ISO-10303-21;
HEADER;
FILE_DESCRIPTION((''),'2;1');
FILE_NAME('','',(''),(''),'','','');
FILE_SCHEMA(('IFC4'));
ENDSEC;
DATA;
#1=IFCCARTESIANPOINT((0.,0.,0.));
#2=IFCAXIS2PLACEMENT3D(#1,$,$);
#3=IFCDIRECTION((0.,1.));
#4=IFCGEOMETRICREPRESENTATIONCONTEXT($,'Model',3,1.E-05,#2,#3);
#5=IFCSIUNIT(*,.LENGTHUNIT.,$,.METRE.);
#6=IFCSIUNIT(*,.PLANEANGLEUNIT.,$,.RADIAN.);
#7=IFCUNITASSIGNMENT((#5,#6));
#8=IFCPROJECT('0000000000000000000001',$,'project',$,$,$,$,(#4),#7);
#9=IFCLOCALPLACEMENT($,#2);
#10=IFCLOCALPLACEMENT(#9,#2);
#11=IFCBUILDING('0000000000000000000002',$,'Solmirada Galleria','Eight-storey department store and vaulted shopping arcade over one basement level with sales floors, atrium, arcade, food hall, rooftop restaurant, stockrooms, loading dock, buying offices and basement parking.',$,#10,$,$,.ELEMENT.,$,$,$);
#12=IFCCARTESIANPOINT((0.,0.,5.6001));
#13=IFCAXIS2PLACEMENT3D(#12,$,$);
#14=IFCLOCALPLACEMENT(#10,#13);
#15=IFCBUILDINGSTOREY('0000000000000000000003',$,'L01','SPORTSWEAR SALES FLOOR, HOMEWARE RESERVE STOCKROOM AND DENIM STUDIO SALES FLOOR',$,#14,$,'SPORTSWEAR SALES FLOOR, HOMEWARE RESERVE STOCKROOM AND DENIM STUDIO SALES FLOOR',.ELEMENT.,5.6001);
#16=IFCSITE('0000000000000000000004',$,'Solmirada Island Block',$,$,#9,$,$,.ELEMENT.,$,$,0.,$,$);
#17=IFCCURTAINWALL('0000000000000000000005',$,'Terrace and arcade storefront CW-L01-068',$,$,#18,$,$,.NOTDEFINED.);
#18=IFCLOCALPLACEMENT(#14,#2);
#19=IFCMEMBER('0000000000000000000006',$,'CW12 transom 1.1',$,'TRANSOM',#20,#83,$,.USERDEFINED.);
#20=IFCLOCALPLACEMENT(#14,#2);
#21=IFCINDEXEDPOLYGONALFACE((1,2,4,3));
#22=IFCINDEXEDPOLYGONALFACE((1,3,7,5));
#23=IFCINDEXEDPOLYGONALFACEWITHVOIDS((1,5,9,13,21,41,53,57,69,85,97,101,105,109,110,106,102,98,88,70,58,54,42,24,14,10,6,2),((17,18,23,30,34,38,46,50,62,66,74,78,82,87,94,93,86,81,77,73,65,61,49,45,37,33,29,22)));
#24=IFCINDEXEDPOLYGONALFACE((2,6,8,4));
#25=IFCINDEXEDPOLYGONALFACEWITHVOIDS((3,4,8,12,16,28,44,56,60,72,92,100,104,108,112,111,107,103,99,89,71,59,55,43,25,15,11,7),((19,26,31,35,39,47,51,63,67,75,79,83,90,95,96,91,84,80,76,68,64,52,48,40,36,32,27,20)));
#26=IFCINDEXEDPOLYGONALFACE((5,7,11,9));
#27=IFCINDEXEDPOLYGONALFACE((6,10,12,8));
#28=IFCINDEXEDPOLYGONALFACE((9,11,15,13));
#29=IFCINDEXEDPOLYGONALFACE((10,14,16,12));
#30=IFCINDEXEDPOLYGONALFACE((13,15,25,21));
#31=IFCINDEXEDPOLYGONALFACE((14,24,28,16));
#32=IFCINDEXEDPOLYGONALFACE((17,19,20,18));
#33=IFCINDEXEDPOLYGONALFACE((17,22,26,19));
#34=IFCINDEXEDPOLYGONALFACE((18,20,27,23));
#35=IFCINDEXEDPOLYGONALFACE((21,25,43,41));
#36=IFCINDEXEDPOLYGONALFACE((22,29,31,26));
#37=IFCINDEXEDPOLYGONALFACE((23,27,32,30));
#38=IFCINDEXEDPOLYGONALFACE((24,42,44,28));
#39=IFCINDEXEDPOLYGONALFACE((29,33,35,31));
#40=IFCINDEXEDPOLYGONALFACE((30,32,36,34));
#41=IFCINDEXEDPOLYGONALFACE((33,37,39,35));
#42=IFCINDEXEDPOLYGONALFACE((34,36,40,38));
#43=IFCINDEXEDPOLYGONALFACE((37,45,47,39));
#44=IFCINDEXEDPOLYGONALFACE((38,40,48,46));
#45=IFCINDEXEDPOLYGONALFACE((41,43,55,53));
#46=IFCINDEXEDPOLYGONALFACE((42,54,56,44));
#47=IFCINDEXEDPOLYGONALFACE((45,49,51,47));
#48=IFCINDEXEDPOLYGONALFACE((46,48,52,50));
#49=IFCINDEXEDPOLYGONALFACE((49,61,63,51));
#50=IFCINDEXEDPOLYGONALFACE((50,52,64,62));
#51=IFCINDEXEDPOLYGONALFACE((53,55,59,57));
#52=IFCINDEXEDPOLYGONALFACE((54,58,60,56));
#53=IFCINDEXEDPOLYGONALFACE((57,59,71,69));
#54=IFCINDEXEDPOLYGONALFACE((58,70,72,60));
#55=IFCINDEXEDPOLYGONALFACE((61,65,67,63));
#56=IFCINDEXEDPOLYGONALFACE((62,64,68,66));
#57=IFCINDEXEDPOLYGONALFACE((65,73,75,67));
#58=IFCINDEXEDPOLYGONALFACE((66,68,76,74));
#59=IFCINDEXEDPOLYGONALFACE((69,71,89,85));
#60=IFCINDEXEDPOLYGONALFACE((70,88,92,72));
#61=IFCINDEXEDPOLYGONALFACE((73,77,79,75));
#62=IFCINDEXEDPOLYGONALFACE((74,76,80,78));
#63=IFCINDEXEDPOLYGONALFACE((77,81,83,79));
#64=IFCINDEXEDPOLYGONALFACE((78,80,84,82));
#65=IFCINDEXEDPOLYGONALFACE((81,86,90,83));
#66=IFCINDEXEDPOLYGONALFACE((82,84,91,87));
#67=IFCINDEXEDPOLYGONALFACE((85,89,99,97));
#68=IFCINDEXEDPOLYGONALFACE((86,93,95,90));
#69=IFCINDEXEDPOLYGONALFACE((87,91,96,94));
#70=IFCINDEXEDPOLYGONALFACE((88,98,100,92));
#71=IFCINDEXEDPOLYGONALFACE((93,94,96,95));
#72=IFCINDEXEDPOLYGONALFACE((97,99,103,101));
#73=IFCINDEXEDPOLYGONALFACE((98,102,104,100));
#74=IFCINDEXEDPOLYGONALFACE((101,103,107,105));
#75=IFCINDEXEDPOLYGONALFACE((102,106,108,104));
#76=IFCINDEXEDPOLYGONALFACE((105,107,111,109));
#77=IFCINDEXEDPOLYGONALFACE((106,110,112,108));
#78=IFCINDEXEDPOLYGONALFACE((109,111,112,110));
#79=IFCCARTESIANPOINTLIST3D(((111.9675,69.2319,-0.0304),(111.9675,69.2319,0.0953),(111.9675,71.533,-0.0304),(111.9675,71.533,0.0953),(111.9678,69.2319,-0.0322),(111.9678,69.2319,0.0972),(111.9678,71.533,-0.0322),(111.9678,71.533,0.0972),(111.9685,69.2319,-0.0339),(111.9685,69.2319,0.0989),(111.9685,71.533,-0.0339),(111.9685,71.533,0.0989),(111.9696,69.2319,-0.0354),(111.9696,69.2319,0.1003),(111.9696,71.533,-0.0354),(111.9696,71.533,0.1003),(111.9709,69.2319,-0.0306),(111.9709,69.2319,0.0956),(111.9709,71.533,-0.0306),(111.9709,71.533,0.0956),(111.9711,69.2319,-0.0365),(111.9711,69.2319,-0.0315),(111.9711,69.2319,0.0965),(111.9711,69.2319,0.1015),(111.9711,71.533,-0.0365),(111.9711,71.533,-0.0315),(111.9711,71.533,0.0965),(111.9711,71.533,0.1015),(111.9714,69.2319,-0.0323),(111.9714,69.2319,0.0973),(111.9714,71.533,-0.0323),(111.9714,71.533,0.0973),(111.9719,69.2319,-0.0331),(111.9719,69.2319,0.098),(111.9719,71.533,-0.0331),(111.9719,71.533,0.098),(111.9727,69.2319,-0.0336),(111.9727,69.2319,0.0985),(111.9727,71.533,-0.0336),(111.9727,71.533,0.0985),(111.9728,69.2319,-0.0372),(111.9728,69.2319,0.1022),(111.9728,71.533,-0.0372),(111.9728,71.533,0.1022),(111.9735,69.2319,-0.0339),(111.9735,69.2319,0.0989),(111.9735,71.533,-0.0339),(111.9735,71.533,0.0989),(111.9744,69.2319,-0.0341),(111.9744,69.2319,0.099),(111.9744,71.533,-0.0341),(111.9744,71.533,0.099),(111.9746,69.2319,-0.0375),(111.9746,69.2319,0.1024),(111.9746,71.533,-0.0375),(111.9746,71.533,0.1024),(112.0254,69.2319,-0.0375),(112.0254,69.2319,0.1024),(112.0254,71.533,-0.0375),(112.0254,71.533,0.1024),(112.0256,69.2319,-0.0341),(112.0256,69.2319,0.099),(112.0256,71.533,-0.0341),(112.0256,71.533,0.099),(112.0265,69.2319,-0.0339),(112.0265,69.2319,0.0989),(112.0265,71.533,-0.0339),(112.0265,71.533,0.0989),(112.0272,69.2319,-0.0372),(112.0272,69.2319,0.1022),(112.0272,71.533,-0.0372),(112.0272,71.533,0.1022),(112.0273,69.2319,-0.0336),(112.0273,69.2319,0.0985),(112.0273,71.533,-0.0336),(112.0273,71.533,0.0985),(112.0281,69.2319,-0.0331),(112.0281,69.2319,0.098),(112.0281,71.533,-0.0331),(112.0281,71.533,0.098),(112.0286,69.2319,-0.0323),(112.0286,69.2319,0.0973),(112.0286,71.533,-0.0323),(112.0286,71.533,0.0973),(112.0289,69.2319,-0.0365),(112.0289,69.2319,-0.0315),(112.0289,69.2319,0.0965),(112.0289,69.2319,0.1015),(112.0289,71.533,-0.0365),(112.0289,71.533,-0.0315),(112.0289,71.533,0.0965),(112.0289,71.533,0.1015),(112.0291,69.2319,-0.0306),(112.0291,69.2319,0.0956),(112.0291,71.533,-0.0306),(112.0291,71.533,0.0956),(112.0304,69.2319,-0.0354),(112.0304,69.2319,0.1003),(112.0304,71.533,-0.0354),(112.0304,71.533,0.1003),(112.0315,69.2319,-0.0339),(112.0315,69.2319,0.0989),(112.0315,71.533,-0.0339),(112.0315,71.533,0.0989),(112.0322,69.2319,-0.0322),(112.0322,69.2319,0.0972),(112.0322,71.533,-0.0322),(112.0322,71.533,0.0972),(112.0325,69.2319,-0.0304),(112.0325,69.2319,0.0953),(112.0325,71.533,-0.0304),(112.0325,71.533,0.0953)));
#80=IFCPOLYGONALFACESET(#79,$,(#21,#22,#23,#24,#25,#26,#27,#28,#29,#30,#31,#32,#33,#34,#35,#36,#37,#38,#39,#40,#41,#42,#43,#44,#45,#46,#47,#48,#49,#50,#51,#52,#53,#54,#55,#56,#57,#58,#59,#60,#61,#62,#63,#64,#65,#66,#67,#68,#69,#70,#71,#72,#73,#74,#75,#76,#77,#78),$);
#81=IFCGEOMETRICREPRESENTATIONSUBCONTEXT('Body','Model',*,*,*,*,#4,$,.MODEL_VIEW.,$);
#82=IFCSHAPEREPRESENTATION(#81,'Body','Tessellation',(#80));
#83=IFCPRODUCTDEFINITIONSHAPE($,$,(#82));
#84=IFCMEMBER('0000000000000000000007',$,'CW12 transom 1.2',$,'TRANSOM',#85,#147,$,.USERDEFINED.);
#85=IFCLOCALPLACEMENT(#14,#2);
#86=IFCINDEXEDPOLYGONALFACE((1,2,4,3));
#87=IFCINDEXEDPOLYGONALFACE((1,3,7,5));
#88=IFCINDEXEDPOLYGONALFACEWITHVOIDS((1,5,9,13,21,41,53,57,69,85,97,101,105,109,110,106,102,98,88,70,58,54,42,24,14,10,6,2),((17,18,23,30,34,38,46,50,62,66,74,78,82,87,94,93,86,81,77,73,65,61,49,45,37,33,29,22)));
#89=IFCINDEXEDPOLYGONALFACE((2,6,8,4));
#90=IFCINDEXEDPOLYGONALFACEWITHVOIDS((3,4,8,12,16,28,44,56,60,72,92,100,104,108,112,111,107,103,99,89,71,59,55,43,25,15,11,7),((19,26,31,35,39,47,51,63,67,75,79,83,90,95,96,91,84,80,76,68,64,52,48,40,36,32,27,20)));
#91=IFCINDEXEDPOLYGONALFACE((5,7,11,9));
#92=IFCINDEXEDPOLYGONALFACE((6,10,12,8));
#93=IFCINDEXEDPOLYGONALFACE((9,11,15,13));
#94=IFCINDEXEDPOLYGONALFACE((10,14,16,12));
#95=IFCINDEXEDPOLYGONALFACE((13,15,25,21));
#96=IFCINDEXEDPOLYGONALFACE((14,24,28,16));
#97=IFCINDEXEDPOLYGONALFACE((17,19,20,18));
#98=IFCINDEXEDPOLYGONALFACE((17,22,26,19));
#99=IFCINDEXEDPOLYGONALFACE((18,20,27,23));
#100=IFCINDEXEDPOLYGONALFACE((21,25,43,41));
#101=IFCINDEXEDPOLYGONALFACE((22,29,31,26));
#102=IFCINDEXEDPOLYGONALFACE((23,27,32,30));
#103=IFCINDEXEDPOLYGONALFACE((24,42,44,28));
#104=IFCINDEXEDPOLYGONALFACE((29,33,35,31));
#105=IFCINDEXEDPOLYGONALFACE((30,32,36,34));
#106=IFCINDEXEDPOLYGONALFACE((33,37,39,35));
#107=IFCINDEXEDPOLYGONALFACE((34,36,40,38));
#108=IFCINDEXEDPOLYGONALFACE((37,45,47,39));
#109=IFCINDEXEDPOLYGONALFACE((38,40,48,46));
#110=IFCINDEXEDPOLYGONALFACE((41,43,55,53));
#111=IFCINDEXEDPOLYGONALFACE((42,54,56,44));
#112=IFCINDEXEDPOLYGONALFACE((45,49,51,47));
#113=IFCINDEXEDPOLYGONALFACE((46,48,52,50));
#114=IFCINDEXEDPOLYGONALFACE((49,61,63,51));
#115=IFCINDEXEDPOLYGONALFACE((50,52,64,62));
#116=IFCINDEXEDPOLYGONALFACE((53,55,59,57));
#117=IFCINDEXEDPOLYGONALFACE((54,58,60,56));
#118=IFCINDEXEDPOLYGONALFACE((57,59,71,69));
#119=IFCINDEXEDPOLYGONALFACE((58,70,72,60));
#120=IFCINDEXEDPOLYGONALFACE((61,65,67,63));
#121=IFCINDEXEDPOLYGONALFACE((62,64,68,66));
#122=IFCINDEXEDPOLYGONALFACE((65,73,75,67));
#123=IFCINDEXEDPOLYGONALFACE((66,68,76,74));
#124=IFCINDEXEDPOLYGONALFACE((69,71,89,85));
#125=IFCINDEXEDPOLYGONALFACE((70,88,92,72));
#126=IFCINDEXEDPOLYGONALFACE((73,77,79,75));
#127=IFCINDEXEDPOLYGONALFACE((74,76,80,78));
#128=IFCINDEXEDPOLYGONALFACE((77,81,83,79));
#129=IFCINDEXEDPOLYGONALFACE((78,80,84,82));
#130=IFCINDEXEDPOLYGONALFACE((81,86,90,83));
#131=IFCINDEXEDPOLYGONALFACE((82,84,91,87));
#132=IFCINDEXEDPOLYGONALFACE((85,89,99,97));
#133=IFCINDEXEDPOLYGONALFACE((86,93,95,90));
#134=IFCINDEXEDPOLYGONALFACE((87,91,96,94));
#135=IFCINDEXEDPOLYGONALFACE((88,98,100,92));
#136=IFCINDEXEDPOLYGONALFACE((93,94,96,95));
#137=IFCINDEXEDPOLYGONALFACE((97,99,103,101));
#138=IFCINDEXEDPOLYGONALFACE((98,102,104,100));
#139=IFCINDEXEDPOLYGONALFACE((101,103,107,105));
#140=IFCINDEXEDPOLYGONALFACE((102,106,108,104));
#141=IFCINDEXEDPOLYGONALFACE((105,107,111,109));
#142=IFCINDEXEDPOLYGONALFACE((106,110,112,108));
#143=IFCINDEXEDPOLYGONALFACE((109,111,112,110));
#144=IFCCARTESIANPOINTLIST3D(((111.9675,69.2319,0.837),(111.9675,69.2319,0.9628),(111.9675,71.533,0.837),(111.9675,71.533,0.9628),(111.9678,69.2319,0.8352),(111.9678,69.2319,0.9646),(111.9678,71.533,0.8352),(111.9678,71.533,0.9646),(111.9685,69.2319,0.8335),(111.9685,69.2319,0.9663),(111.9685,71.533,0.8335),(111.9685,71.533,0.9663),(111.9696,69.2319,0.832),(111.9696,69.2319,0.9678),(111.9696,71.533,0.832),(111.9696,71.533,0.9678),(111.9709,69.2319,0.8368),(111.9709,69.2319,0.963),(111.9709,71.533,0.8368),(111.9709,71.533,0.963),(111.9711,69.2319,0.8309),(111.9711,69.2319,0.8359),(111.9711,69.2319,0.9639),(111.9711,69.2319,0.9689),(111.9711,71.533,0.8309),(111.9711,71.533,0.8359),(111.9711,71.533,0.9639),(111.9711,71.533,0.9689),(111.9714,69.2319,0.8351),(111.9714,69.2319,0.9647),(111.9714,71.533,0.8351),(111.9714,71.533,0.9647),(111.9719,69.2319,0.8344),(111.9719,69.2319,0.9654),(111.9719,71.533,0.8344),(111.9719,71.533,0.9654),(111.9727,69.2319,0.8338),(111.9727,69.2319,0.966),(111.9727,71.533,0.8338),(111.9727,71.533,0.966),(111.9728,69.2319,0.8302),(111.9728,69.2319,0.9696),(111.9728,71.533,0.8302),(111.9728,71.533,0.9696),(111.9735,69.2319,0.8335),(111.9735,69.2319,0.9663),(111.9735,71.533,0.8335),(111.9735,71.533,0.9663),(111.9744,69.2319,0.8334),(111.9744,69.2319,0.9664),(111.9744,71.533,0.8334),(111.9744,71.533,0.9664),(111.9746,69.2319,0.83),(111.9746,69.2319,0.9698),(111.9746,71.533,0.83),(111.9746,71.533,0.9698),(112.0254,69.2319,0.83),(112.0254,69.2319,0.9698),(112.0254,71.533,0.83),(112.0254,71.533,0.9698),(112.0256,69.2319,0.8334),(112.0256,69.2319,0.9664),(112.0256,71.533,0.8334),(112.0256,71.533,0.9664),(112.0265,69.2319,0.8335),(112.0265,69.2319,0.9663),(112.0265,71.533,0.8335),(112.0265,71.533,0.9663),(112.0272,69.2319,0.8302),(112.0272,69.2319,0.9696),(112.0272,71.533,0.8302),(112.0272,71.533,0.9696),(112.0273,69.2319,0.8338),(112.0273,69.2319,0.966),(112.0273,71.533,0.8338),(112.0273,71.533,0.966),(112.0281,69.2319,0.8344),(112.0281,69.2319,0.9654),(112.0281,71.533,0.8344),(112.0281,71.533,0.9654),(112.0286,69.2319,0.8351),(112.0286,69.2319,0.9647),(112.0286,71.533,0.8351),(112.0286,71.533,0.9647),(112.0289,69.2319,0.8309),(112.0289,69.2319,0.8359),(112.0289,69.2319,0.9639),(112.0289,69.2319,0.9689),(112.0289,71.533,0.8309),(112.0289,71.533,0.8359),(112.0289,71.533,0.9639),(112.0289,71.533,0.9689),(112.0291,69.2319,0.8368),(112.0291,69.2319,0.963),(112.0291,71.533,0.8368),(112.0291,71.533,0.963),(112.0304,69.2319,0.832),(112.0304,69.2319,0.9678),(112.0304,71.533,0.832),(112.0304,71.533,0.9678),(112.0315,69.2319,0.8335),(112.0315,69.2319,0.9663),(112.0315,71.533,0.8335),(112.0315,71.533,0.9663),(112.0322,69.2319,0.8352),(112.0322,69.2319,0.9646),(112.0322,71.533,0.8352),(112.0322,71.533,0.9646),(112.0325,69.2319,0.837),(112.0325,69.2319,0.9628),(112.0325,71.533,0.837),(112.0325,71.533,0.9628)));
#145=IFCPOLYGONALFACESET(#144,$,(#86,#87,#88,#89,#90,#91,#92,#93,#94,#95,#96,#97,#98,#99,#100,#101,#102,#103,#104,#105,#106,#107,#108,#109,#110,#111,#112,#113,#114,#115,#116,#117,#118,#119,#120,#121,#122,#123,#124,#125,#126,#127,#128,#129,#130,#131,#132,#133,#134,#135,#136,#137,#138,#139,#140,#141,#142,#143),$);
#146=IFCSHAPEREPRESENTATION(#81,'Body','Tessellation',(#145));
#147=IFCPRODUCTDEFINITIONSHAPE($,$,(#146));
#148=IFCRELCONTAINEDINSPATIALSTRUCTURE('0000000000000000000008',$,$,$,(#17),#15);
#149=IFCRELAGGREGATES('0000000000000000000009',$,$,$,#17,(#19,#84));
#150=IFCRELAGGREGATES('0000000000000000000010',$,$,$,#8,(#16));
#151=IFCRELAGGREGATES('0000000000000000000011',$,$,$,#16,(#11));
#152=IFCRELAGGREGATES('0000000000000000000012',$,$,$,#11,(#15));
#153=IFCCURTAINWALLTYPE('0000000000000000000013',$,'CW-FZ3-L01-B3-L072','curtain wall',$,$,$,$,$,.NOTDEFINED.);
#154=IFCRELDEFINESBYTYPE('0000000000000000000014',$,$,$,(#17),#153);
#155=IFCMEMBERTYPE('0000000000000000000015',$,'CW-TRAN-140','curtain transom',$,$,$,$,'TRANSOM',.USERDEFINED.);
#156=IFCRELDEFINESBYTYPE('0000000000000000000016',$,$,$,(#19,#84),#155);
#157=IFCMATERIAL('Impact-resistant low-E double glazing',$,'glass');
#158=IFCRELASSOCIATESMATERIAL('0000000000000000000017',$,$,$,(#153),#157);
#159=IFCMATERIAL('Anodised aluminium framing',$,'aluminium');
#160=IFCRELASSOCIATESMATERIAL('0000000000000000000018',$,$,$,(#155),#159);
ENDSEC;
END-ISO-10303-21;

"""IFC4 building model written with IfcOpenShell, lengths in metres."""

from ifc_helpers import new_model, si_unit, direction, frame, origin, origin_2d, place, context, subcontext, project, spatial, hollow_rectangle, extrude, material, material_profile, profile_set, type_object, element, aggregate, save


model = new_model("IFC4")

# Units and contexts
model_context = context("Model", 3, precision=1e-05, world=origin(), true_north=direction((0.0, 1.0)))
body_context = subcontext(model_context, "Body", "Model", "MODEL_VIEW")
ifc_project = project(units=[si_unit("LENGTHUNIT", "METRE"), si_unit("PLANEANGLEUNIT", "RADIAN")], contexts=[model_context])

# Site, building, storey
site_placement = place(None, origin())
site = spatial("IfcSite", under=ifc_project, at=site_placement, Name="Solmirada Island Block", CompositionType="ELEMENT", RefElevation=0.0)
building_placement = place(site_placement, origin())
building = spatial("IfcBuilding", under=site, at=building_placement, Name="Solmirada Galleria", Description="Eight-storey department store and vaulted shopping arcade over one basement level with sales floors, atrium, arcade, food hall, rooftop restaurant, stockrooms, loading dock, buying offices and basement parking.", CompositionType="ELEMENT")
storey_placement = place(building_placement, frame((0.0, 0.0, 5.6001)))
storey = spatial("IfcBuildingStorey", under=building, at=storey_placement, Name="L01", Description="SPORTSWEAR SALES FLOOR, HOMEWARE RESERVE STOCKROOM AND DENIM STUDIO SALES FLOOR", LongName="SPORTSWEAR SALES FLOOR, HOMEWARE RESERVE STOCKROOM AND DENIM STUDIO SALES FLOOR", CompositionType="ELEMENT", Elevation=5.6001)

# Shared definitions
ifc_material_1 = material(Name="Impact-resistant low-E double glazing", Category="glass")
ifc_material_2 = material(Name="Anodised aluminium framing", Category="aluminium")

# Curtain wall
curtain_wall_type_1 = type_object("IfcCurtainWallType", Name="CW-FZ3-L01-B3-L072", Description="curtain wall", PredefinedType="NOTDEFINED", material=ifc_material_1)
curtain_wall_1_placement = place(storey_placement, origin())
curtain_wall_1 = element("IfcCurtainWall", 1, at=curtain_wall_1_placement, inside=storey, type_object=curtain_wall_type_1, Name="Terrace and arcade storefront CW-L01-068", PredefinedType="NOTDEFINED")

# Members
ifc_material_profile_1 = material_profile(ifc_material_2, hollow_rectangle(XDim=0.0649, YDim=0.1399, WallThickness=0.0034, InnerFilletRadius=0.0034, OuterFilletRadius=0.0071, at=origin_2d()), Name="ALU-TRAN-140X65")
ifc_profile_set_1 = profile_set([ifc_material_profile_1], Name="Anodised aluminium framing")
member_type_1 = type_object("IfcMemberType", Name="CW-TRAN-140", Description="curtain transom", ElementType="TRANSOM", PredefinedType="USERDEFINED", material=ifc_profile_set_1)
member_1_placement = place(storey_placement, frame((112.0, 71.533, 0.0325), z_axis=(0.0, -1.0, 0.0), x_axis=(1.0, 0.0, 0.0)))
member_1 = element("IfcMember", 2, at=member_1_placement, type_object=member_type_1, Name="CW12 transom 1.1", ObjectType="TRANSOM", PredefinedType="USERDEFINED", context=body_context, shape_type="SweptSolid", body=[
    extrude(hollow_rectangle(XDim=0.0649, YDim=0.1399, WallThickness=0.0034, InnerFilletRadius=0.0034, OuterFilletRadius=0.0071, at=origin_2d()), origin(), (0.0, 0.0, 1.0), 2.301),
])
member_2_placement = place(storey_placement, frame((112.0, 71.533, 0.8999), z_axis=(0.0, -1.0, 0.0), x_axis=(1.0, 0.0, 0.0)))
member_2 = element("IfcMember", 3, at=member_2_placement, type_object=member_type_1, Name="CW12 transom 1.2", ObjectType="TRANSOM", PredefinedType="USERDEFINED", context=body_context, shape_type="SweptSolid", body=[
    extrude(hollow_rectangle(XDim=0.0649, YDim=0.1399, WallThickness=0.0034, InnerFilletRadius=0.0034, OuterFilletRadius=0.0071, at=origin_2d()), origin(), (0.0, 0.0, 1.0), 2.301),
])

aggregate(curtain_wall_1, [member_1, member_2])

save(model, "model.ifc")
